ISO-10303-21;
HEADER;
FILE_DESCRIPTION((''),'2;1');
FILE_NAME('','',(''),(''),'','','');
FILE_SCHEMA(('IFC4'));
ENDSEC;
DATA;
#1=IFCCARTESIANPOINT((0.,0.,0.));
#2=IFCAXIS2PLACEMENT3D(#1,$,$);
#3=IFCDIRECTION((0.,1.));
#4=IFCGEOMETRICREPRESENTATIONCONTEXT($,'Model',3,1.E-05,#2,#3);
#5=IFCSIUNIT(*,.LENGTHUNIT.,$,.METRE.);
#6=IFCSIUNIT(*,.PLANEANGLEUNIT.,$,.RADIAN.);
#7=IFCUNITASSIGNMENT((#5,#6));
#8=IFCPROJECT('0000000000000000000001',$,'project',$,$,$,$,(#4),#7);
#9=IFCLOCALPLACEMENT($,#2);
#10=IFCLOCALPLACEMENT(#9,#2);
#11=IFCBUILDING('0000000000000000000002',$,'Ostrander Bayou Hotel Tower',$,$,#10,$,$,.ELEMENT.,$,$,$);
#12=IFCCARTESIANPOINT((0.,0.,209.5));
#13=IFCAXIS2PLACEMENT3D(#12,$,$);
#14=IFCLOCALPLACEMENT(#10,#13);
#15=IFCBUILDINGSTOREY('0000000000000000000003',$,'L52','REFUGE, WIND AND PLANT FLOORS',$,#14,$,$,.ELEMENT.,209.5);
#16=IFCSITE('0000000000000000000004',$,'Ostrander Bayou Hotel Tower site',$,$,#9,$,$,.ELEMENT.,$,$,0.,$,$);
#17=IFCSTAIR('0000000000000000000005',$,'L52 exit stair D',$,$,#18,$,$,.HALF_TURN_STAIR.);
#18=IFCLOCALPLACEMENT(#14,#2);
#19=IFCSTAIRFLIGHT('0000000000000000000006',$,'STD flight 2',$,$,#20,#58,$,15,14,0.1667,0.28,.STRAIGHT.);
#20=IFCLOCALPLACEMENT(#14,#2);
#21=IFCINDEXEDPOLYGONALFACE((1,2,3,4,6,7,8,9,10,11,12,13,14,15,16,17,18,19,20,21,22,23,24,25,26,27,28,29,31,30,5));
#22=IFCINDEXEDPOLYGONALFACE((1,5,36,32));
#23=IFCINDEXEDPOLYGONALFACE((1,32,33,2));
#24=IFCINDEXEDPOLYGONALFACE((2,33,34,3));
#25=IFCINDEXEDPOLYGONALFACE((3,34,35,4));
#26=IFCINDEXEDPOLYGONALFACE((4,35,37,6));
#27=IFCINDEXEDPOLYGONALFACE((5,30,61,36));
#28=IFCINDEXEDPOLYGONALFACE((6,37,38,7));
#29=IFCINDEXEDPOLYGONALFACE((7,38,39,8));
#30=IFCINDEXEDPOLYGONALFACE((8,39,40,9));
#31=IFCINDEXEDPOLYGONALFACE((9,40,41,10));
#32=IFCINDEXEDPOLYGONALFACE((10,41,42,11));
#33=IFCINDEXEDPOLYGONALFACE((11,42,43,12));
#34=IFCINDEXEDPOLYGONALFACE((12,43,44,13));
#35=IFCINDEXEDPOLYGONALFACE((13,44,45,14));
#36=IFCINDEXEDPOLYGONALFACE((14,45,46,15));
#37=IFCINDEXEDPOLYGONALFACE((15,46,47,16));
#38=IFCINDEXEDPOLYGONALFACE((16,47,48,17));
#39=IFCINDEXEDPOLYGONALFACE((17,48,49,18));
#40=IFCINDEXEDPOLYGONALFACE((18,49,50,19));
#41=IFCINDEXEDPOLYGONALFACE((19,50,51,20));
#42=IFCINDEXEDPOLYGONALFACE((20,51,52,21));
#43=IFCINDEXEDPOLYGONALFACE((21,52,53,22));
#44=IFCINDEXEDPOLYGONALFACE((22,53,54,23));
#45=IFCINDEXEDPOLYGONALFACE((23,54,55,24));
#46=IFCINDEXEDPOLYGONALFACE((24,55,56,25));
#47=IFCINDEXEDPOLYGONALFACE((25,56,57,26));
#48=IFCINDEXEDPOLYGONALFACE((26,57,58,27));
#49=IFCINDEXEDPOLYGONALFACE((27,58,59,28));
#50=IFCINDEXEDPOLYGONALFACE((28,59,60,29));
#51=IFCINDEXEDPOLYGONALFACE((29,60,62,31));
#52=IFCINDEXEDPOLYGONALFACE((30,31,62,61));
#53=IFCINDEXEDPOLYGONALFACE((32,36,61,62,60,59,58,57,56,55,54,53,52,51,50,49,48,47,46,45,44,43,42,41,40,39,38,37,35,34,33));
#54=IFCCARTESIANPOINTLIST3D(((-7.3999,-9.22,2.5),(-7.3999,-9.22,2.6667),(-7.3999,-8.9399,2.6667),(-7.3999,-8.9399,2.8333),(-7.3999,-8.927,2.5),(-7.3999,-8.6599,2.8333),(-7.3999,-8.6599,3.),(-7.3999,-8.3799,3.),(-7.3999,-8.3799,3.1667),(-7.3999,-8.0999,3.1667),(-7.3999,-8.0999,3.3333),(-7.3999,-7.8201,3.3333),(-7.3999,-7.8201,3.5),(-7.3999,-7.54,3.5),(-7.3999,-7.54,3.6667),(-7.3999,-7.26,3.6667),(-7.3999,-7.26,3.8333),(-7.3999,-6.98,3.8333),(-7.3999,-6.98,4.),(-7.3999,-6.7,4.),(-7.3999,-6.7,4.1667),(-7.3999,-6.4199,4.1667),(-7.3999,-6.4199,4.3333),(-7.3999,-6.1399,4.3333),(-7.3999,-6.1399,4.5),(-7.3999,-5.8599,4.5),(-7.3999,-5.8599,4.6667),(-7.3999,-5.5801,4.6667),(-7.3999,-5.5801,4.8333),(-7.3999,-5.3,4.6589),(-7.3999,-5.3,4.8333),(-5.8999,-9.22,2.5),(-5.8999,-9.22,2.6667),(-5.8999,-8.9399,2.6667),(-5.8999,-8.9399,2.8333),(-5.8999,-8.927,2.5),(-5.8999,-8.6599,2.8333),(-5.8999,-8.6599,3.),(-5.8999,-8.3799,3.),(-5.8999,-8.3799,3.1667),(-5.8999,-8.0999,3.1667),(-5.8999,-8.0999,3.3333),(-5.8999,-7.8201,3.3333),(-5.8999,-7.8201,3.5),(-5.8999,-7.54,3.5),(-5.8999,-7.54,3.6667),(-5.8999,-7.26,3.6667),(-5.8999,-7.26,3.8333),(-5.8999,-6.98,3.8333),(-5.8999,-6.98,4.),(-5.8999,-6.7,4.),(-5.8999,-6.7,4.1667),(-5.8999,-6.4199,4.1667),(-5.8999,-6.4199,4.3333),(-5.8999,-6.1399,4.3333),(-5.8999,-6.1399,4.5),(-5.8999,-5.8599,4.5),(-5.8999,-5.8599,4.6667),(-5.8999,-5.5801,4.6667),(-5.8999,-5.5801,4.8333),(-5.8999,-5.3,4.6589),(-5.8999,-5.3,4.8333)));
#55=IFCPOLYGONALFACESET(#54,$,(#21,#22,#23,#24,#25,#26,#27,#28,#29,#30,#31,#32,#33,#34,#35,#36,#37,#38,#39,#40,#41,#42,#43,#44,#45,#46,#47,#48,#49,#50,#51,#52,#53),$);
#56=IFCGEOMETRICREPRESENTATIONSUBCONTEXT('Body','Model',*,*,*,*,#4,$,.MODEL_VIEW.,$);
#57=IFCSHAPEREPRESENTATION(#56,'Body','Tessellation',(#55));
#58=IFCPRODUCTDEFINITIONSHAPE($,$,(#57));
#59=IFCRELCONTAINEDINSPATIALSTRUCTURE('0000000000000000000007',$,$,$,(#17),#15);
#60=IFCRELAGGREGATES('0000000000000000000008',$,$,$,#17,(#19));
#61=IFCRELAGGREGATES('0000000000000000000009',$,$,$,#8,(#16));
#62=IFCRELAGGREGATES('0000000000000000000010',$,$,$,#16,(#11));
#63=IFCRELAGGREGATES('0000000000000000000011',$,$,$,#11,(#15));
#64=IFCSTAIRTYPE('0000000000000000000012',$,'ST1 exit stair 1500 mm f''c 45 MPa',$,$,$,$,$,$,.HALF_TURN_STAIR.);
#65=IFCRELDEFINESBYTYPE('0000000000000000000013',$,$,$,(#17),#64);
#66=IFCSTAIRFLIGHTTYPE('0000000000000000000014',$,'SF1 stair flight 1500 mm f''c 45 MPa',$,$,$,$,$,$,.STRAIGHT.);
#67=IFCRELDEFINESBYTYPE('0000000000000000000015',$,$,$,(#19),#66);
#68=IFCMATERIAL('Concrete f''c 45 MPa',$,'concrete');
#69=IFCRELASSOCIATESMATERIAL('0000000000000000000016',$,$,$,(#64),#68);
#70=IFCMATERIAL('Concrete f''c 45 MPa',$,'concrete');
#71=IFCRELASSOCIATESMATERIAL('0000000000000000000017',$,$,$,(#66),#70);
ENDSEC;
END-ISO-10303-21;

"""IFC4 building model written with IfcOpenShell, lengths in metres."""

from ifc_helpers import new_model, si_unit, direction, frame, origin, place, context, subcontext, project, spatial, polyline, outline, extrude, material, type_object, element, aggregate, save


model = new_model("IFC4")

# Units and contexts
model_context = context("Model", 3, precision=1e-05, world=origin(), true_north=direction((0.0, 1.0)))
body_context = subcontext(model_context, "Body", "Model", "MODEL_VIEW")
ifc_project = project(units=[si_unit("LENGTHUNIT", "METRE"), si_unit("PLANEANGLEUNIT", "RADIAN")], contexts=[model_context])

# Site, building, storey
site_placement = place(None, origin())
site = spatial("IfcSite", under=ifc_project, at=site_placement, Name="Ostrander Bayou Hotel Tower site", CompositionType="ELEMENT", RefElevation=0.0)
building_placement = place(site_placement, origin())
building = spatial("IfcBuilding", under=site, at=building_placement, Name="Ostrander Bayou Hotel Tower", CompositionType="ELEMENT")
storey_placement = place(building_placement, frame((0.0, 0.0, 209.5)))
storey = spatial("IfcBuildingStorey", under=building, at=storey_placement, Name="L52", Description="REFUGE, WIND AND PLANT FLOORS", CompositionType="ELEMENT", Elevation=209.5)

# Stair, stair flight
ifc_material_1 = material(Name="Concrete f'c 45 MPa", Category="concrete")
stair_type = type_object("IfcStairType", Name="ST1 exit stair 1500 mm f'c 45 MPa", PredefinedType="HALF_TURN_STAIR", material=ifc_material_1)
stair_placement = place(storey_placement, origin())
stair = element("IfcStair", 1, at=stair_placement, inside=storey, type_object=stair_type, Name="L52 exit stair D", PredefinedType="HALF_TURN_STAIR")
ifc_material_2 = material(Name="Concrete f'c 45 MPa", Category="concrete")
stair_flight_type = type_object("IfcStairFlightType", Name="SF1 stair flight 1500 mm f'c 45 MPa", PredefinedType="STRAIGHT", material=ifc_material_2)
stair_flight_1_placement = place(storey_placement, frame((-6.6499, -9.22, 2.5), z_axis=(0.0, 0.0, 1.0), x_axis=(0.0, 1.0, 0.0)))
stair_flight_1 = element("IfcStairFlight", 2, at=stair_flight_1_placement, type_object=stair_flight_type, Name="STD flight 2", NumberOfRisers=15, NumberOfTreads=14, PredefinedType="STRAIGHT", RiserHeight=0.1667, TreadLength=0.28, context=body_context, shape_type="SweptSolid", body=[
    extrude(outline(polyline([(0.0, 0.0), (0.0, 0.1667), (0.28, 0.1667), (0.28, 0.3333), (0.5601, 0.3333), (0.5601, 0.5), (0.8401, 0.5), (0.8401, 0.6667), (1.1201, 0.6667), (1.1201, 0.8333), (1.3999, 0.8333), (1.3999, 1.0), (1.6799, 1.0), (1.6799, 1.1667), (1.96, 1.1667), (1.96, 1.3333), (2.24, 1.3333), (2.24, 1.5), (2.52, 1.5), (2.52, 1.6667), (2.8, 1.6667), (2.8, 1.8333), (3.0801, 1.8333), (3.0801, 2.0), (3.3601, 2.0), (3.3601, 2.1667), (3.6399, 2.1667), (3.6399, 2.3333), (3.9199, 2.3333), (3.9199, 2.5), (3.9199, 2.1589), (0.293, 0.0), (0.0, 0.0)])), frame((0.0, 0.75, 0.0), z_axis=(0.0, -1.0, 0.0), x_axis=(1.0, 0.0, 0.0)), (0.0, 0.0, 1.0), 1.5),
])
aggregate(stair, [stair_flight_1])

save(model, "model.ifc")
